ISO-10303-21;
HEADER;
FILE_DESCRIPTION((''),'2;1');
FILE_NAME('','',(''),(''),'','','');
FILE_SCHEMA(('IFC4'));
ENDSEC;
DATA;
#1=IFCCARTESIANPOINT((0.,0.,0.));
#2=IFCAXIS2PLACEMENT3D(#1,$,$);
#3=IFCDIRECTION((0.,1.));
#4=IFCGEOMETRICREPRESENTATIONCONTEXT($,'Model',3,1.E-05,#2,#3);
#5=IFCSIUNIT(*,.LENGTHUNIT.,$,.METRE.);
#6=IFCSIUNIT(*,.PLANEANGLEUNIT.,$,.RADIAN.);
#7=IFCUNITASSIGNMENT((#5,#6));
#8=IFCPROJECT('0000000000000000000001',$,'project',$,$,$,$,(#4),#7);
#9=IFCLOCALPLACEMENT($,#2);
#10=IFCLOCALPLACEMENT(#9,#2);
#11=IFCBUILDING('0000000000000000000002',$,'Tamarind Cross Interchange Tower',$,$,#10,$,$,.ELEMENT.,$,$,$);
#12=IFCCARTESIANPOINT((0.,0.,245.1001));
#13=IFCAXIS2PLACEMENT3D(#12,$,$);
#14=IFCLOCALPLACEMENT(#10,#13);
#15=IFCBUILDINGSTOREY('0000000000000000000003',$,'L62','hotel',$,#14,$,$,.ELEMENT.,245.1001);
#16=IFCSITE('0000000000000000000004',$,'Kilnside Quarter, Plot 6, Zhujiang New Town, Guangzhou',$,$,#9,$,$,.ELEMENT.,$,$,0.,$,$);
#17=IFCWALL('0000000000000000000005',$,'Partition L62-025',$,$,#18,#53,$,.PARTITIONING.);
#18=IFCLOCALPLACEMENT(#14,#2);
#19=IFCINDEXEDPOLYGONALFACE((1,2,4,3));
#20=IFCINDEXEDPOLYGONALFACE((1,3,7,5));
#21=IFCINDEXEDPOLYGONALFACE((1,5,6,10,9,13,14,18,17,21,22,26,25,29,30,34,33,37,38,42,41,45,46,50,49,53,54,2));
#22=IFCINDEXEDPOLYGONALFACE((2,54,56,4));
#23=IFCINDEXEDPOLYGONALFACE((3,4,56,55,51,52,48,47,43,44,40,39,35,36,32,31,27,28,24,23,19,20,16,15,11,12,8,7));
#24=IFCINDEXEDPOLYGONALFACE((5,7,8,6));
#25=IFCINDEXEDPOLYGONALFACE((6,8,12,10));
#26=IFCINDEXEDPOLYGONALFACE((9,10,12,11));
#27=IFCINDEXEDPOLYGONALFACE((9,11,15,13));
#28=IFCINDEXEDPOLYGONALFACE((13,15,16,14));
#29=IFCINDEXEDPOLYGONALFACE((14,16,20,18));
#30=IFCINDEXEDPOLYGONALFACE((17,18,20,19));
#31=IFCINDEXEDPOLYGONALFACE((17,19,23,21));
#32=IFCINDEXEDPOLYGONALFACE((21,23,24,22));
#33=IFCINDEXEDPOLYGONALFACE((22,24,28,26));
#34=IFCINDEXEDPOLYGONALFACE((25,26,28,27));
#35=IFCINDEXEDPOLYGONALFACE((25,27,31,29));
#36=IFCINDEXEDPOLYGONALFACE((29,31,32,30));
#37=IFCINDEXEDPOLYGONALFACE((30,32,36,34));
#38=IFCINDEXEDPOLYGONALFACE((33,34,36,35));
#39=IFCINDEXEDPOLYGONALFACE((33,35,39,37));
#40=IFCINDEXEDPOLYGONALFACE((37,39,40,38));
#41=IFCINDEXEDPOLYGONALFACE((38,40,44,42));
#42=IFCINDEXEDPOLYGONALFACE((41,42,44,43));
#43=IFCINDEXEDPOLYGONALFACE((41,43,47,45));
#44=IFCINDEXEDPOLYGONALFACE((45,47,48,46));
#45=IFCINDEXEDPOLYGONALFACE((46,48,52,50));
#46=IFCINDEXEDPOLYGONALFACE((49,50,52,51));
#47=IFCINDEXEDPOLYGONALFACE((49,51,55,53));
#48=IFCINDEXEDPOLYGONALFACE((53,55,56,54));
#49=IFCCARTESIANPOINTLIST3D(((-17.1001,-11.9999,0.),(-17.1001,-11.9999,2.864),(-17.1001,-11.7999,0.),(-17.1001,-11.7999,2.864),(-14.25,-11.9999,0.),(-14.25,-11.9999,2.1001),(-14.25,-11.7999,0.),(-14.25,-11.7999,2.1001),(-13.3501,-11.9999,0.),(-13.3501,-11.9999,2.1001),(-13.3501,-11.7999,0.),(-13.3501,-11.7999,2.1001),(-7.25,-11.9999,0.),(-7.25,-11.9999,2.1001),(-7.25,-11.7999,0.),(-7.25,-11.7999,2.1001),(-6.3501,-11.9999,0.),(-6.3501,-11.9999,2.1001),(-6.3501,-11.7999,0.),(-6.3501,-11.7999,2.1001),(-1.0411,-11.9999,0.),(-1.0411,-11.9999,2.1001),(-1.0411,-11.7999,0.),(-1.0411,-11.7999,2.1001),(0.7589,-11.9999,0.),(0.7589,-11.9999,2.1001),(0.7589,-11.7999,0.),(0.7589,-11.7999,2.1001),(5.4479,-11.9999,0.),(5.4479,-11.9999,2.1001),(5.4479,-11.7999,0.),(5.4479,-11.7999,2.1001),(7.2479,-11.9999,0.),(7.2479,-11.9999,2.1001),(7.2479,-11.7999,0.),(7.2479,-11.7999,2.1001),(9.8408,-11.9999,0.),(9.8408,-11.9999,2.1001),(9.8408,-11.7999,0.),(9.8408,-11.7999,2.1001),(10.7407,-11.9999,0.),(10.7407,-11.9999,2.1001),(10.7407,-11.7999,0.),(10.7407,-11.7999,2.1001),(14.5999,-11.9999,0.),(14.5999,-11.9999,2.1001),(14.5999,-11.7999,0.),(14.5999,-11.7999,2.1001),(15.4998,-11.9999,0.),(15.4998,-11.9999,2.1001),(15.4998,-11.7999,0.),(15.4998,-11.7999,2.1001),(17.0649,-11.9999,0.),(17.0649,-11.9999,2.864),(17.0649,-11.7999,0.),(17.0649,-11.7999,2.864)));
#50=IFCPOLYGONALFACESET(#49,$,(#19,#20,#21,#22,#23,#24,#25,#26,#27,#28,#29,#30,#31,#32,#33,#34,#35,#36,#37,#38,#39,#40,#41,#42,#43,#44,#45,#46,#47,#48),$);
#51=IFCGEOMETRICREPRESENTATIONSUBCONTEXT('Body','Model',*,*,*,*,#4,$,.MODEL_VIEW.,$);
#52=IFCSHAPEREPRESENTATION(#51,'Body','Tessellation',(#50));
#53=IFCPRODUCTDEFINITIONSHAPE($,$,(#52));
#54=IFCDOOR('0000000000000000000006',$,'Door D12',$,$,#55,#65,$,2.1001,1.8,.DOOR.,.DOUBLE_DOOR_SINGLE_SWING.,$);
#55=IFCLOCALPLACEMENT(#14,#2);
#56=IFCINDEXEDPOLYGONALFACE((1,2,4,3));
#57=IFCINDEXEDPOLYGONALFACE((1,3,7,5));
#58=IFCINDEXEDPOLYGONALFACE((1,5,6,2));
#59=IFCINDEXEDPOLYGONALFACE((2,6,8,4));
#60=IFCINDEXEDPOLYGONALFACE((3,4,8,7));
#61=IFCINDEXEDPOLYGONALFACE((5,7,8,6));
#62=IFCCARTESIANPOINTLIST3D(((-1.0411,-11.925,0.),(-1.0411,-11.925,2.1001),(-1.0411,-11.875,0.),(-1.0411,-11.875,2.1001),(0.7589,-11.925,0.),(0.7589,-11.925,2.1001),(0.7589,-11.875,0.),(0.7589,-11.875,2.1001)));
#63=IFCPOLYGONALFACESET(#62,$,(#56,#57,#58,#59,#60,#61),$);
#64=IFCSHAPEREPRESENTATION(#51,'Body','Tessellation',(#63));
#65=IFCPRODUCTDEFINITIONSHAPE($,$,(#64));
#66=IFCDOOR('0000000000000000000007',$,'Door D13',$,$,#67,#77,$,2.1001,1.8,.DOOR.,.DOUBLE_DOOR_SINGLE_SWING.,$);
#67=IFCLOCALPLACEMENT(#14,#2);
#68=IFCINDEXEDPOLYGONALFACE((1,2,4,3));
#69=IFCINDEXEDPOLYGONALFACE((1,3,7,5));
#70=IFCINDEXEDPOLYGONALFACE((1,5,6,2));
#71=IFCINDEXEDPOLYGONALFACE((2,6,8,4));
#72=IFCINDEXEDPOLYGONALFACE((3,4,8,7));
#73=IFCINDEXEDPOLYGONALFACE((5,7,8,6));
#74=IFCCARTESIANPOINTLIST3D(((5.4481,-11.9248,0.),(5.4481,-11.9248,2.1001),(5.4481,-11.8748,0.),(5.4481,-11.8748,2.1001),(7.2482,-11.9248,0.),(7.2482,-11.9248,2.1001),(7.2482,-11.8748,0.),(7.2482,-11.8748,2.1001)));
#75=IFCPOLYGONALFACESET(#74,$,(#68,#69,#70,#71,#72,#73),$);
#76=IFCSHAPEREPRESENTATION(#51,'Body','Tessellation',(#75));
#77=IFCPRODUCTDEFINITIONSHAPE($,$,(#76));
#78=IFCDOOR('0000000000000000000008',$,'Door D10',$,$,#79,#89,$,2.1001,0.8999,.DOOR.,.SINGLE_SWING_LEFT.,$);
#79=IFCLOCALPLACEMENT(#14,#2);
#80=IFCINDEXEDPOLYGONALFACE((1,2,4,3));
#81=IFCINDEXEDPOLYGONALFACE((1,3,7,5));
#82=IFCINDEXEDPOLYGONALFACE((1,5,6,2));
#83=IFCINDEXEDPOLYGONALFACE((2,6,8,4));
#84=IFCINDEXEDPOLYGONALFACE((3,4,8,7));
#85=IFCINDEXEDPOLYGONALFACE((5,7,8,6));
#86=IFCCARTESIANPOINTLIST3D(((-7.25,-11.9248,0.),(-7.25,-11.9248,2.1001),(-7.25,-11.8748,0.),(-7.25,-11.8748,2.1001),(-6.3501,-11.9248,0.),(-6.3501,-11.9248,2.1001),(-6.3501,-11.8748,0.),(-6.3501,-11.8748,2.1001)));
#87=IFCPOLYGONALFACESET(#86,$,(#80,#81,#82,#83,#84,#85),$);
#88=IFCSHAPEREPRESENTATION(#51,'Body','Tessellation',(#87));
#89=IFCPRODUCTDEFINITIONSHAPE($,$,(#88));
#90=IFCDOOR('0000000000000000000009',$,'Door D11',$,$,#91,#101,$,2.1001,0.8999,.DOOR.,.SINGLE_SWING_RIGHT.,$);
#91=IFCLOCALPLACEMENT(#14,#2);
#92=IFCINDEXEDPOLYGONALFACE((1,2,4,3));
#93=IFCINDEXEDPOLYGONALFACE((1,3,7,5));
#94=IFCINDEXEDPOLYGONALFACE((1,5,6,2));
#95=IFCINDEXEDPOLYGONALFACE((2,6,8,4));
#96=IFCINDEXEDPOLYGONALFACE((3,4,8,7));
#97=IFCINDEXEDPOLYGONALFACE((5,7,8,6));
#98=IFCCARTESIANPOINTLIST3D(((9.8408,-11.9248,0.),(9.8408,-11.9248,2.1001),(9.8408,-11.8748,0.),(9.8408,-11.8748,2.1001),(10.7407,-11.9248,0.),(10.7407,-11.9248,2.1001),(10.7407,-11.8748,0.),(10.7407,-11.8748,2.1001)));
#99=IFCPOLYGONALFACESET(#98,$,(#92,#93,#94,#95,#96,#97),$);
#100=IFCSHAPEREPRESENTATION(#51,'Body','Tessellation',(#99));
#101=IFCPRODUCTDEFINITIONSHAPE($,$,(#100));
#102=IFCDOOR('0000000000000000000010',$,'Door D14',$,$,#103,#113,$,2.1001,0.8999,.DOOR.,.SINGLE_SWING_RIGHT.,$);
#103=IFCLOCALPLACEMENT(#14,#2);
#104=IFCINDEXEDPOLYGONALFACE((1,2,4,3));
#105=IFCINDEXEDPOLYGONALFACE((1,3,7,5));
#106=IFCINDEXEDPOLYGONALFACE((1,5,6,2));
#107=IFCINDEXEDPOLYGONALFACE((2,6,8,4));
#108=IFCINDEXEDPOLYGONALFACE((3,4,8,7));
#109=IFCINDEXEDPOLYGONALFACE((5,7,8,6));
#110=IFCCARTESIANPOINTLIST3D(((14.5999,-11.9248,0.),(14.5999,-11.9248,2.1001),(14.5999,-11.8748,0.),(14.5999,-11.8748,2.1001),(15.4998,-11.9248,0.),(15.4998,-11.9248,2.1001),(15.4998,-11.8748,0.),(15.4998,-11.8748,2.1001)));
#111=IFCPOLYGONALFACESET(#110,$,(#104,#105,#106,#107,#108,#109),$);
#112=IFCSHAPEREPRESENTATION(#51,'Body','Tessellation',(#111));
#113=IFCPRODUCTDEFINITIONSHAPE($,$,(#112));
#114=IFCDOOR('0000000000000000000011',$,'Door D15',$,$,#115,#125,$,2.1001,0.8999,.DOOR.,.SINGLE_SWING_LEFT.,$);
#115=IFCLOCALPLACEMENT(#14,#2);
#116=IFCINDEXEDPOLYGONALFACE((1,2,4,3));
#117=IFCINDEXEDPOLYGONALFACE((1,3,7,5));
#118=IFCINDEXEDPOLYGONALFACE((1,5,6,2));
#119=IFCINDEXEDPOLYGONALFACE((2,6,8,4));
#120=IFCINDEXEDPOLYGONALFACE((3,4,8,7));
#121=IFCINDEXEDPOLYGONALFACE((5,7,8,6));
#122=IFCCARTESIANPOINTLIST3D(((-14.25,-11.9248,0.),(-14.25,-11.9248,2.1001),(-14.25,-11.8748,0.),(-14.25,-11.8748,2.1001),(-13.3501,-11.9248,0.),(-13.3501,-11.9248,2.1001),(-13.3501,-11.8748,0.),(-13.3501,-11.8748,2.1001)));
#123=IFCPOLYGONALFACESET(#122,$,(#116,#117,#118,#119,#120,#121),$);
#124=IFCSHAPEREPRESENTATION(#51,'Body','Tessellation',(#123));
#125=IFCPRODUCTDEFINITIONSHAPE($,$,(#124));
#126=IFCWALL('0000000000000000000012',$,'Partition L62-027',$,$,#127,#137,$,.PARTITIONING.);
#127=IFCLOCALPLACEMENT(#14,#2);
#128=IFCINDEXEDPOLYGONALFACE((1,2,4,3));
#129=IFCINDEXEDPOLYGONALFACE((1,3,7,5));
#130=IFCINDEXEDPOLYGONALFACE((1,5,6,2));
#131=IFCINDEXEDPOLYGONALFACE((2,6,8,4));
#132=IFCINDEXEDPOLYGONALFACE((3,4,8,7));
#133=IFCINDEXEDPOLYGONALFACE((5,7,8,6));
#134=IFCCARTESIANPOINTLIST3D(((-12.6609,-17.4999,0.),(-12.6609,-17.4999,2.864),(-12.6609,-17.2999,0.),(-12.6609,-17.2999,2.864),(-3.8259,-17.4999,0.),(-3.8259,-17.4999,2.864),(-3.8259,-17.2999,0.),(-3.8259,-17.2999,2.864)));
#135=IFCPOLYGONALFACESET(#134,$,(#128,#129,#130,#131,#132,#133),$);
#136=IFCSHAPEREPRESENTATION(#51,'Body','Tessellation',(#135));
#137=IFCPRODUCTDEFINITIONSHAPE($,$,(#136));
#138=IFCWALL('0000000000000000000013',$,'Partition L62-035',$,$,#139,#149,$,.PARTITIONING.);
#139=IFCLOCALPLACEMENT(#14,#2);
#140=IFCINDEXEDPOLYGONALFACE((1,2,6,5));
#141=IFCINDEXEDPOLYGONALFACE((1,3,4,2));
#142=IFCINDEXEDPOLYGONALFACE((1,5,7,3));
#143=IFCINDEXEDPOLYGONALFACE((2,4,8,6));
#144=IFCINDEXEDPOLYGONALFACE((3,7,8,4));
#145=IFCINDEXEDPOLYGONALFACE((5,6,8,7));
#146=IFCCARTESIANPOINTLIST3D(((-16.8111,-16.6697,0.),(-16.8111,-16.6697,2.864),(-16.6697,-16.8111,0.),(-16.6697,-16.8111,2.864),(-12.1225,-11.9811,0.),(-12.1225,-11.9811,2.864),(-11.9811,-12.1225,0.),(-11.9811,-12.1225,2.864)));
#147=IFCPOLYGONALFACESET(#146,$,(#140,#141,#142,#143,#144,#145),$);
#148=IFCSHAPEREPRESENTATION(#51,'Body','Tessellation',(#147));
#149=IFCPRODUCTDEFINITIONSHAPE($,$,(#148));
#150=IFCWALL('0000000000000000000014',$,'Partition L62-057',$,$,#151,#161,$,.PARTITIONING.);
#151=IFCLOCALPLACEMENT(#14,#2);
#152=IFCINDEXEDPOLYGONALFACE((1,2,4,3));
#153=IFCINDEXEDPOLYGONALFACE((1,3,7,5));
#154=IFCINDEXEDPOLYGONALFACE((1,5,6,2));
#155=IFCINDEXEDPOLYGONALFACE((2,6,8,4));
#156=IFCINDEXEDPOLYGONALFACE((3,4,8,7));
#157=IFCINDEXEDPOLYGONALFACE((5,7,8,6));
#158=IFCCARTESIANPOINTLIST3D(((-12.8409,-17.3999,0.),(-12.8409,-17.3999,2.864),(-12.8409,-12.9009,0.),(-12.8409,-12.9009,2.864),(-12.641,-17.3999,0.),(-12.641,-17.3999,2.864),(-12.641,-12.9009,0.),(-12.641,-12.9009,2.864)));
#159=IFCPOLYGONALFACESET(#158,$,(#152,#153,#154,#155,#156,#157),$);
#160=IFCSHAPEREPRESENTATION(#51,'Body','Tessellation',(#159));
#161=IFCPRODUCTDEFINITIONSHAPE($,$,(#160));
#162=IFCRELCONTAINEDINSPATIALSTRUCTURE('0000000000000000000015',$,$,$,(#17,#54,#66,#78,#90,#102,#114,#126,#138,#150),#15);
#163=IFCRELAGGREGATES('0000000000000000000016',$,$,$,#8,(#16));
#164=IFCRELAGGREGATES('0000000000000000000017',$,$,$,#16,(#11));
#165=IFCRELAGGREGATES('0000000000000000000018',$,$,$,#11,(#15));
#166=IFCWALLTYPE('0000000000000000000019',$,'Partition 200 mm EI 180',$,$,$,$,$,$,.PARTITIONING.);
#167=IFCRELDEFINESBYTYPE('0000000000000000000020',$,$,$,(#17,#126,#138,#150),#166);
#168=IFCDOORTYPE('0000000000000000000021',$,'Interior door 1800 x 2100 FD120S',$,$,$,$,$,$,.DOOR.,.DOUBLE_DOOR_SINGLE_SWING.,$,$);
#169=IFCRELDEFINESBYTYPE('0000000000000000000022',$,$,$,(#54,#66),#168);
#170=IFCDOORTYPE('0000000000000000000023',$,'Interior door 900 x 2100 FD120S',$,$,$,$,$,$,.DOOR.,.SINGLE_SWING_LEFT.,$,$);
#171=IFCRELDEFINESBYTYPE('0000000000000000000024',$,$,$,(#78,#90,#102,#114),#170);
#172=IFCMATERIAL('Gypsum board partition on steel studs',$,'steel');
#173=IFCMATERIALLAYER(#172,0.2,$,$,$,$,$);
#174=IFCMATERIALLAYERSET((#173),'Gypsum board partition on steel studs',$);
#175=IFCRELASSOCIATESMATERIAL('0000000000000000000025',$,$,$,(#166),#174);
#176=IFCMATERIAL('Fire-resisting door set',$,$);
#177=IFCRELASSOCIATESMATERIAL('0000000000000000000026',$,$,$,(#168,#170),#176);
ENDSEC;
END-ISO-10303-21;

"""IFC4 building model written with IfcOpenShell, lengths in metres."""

from ifc_helpers import new_model, si_unit, direction, frame, frame_2d, origin, place, context, subcontext, project, spatial, rectangle, extrude, material, layer, layer_set, type_object, element, fill, save


model = new_model("IFC4")

# Units and contexts
model_context = context("Model", 3, precision=1e-05, world=origin(), true_north=direction((0.0, 1.0)))
body_context = subcontext(model_context, "Body", "Model", "MODEL_VIEW")
ifc_project = project(units=[si_unit("LENGTHUNIT", "METRE"), si_unit("PLANEANGLEUNIT", "RADIAN")], contexts=[model_context])

# Site, building, storey
site_placement = place(None, origin())
site = spatial("IfcSite", under=ifc_project, at=site_placement, Name="Kilnside Quarter, Plot 6, Zhujiang New Town, Guangzhou", CompositionType="ELEMENT", RefElevation=0.0)
building_placement = place(site_placement, origin())
building = spatial("IfcBuilding", under=site, at=building_placement, Name="Tamarind Cross Interchange Tower", CompositionType="ELEMENT")
storey_placement = place(building_placement, frame((0.0, 0.0, 245.1001)))
storey = spatial("IfcBuildingStorey", under=building, at=storey_placement, Name="L62", Description="hotel", CompositionType="ELEMENT", Elevation=245.1001)

# Shared definitions
ifc_material_1 = material(Name="Gypsum board partition on steel studs", Category="steel")

# Wall, openings, doors
ifc_layer_1 = layer(ifc_material_1, 0.2)
ifc_layer_set_1 = layer_set([ifc_layer_1], Name="Gypsum board partition on steel studs")
wall_type_1 = type_object("IfcWallType", Name="Partition 200 mm EI 180", PredefinedType="PARTITIONING", material=ifc_layer_set_1)
wall_1_placement = place(storey_placement, frame((-17.1001, -11.8999, 0.0), z_axis=(0.0, 0.0, 1.0), x_axis=(1.0, 0.0, 0.0)))
wall_1 = element("IfcWall", 1, at=wall_1_placement, inside=storey, type_object=wall_type_1, Name="Partition L62-025", PredefinedType="PARTITIONING", context=body_context, shape_type="SweptSolid", body=[
    extrude(rectangle(XDim=34.165, YDim=0.2, at=frame_2d((17.0825, 0.0))), origin(), (0.0, 0.0, 1.0), 2.864),
])
opening_1_placement = place(wall_1_placement, frame((9.8501, 0.0, 0.0)))
opening_1 = element("IfcOpeningElement", 2, at=opening_1_placement, cuts=wall_1, PredefinedType="OPENING", context=body_context, shape_type="SweptSolid", body=[
    extrude(rectangle(XDim=0.8999, YDim=2.1001, at=frame_2d((0.45, 1.05))), frame((0.0, 0.1099, 0.0), z_axis=(0.0, -1.0, 0.0), x_axis=(1.0, 0.0, 0.0)), (0.0, 0.0, 1.0), 0.22),
])
opening_2_placement = place(wall_1_placement, frame((26.9409, 0.0, 0.0)))
opening_2 = element("IfcOpeningElement", 3, at=opening_2_placement, cuts=wall_1, PredefinedType="OPENING", context=body_context, shape_type="SweptSolid", body=[
    extrude(rectangle(XDim=0.8999, YDim=2.1001, at=frame_2d((0.45, 1.05))), frame((0.0, 0.1099, 0.0), z_axis=(0.0, -1.0, 0.0), x_axis=(1.0, 0.0, 0.0)), (0.0, 0.0, 1.0), 0.22),
])
opening_3_placement = place(wall_1_placement, frame((16.0591, 0.0, 0.0)))
opening_3 = element("IfcOpeningElement", 4, at=opening_3_placement, cuts=wall_1, PredefinedType="OPENING", context=body_context, shape_type="SweptSolid", body=[
    extrude(rectangle(XDim=1.8, YDim=2.1001, at=frame_2d((0.8999, 1.05))), frame((0.0, 0.1099, 0.0), z_axis=(0.0, -1.0, 0.0), x_axis=(1.0, 0.0, 0.0)), (0.0, 0.0, 1.0), 0.22),
])
opening_4_placement = place(wall_1_placement, frame((22.5481, 0.0, 0.0)))
opening_4 = element("IfcOpeningElement", 5, at=opening_4_placement, cuts=wall_1, PredefinedType="OPENING", context=body_context, shape_type="SweptSolid", body=[
    extrude(rectangle(XDim=1.8, YDim=2.1001, at=frame_2d((0.8999, 1.05))), frame((0.0, 0.1099, 0.0), z_axis=(0.0, -1.0, 0.0), x_axis=(1.0, 0.0, 0.0)), (0.0, 0.0, 1.0), 0.22),
])
opening_5_placement = place(wall_1_placement, frame((31.7, 0.0, 0.0)))
opening_5 = element("IfcOpeningElement", 6, at=opening_5_placement, cuts=wall_1, PredefinedType="OPENING", context=body_context, shape_type="SweptSolid", body=[
    extrude(rectangle(XDim=0.8999, YDim=2.1001, at=frame_2d((0.45, 1.05))), frame((0.0, 0.1099, 0.0), z_axis=(0.0, -1.0, 0.0), x_axis=(1.0, 0.0, 0.0)), (0.0, 0.0, 1.0), 0.22),
])
opening_6_placement = place(wall_1_placement, frame((2.8501, 0.0, 0.0)))
opening_6 = element("IfcOpeningElement", 7, at=opening_6_placement, cuts=wall_1, PredefinedType="OPENING", context=body_context, shape_type="SweptSolid", body=[
    extrude(rectangle(XDim=0.8999, YDim=2.1001, at=frame_2d((0.45, 1.05))), frame((0.0, 0.1099, 0.0), z_axis=(0.0, -1.0, 0.0), x_axis=(1.0, 0.0, 0.0)), (0.0, 0.0, 1.0), 0.22),
])
ifc_material_2 = material(Name="Fire-resisting door set")
door_type_1 = type_object("IfcDoorType", Name="Interior door 1800 x 2100 FD120S", OperationType="DOUBLE_DOOR_SINGLE_SWING", PredefinedType="DOOR", material=ifc_material_2)
door_1_placement = place(opening_3_placement, origin())
door_1 = element("IfcDoor", 8, at=door_1_placement, inside=storey, type_object=door_type_1, Name="Door D12", OperationType="DOUBLE_DOOR_SINGLE_SWING", OverallHeight=2.1001, OverallWidth=1.8, PredefinedType="DOOR", context=body_context, shape_type="SweptSolid", body=[
    extrude(rectangle(XDim=1.8, YDim=2.1001, at=frame_2d((0.8999, 1.05))), frame((0.0, 0.0249, 0.0), z_axis=(0.0, -1.0, 0.0), x_axis=(1.0, 0.0, 0.0)), (0.0, 0.0, 1.0), 0.05),
])
fill(opening_3, door_1)
door_2_placement = place(opening_4_placement, frame((1.8, 0.0, 0.0), z_axis=(0.0, 0.0, 1.0), x_axis=(-1.0, 0.0, 0.0)))
door_2 = element("IfcDoor", 9, at=door_2_placement, inside=storey, type_object=door_type_1, Name="Door D13", OperationType="DOUBLE_DOOR_SINGLE_SWING", OverallHeight=2.1001, OverallWidth=1.8, PredefinedType="DOOR", context=body_context, shape_type="SweptSolid", body=[
    extrude(rectangle(XDim=1.8, YDim=2.1001, at=frame_2d((0.8999, 1.05))), frame((0.0, 0.0249, 0.0), z_axis=(0.0, -1.0, 0.0), x_axis=(1.0, 0.0, 0.0)), (0.0, 0.0, 1.0), 0.05),
])
fill(opening_4, door_2)
door_type_2 = type_object("IfcDoorType", Name="Interior door 900 x 2100 FD120S", OperationType="SINGLE_SWING_LEFT", PredefinedType="DOOR", material=ifc_material_2)
door_3_placement = place(opening_1_placement, frame((0.8999, 0.0, 0.0), z_axis=(0.0, 0.0, 1.0), x_axis=(-1.0, 0.0, 0.0)))
door_3 = element("IfcDoor", 10, at=door_3_placement, inside=storey, type_object=door_type_2, Name="Door D10", OperationType="SINGLE_SWING_LEFT", OverallHeight=2.1001, OverallWidth=0.8999, PredefinedType="DOOR", context=body_context, shape_type="SweptSolid", body=[
    extrude(rectangle(XDim=0.8999, YDim=2.1001, at=frame_2d((0.45, 1.05))), frame((0.0, 0.0249, 0.0), z_axis=(0.0, -1.0, 0.0), x_axis=(1.0, 0.0, 0.0)), (0.0, 0.0, 1.0), 0.05),
])
fill(opening_1, door_3)
door_4_placement = place(opening_2_placement, frame((0.8999, 0.0, 0.0), z_axis=(0.0, 0.0, 1.0), x_axis=(-1.0, 0.0, 0.0)))
door_4 = element("IfcDoor", 11, at=door_4_placement, inside=storey, type_object=door_type_2, Name="Door D11", OperationType="SINGLE_SWING_RIGHT", OverallHeight=2.1001, OverallWidth=0.8999, PredefinedType="DOOR", context=body_context, shape_type="SweptSolid", body=[
    extrude(rectangle(XDim=0.8999, YDim=2.1001, at=frame_2d((0.45, 1.05))), frame((0.0, 0.0249, 0.0), z_axis=(0.0, -1.0, 0.0), x_axis=(1.0, 0.0, 0.0)), (0.0, 0.0, 1.0), 0.05),
])
fill(opening_2, door_4)
door_5_placement = place(opening_5_placement, frame((0.8999, 0.0, 0.0), z_axis=(0.0, 0.0, 1.0), x_axis=(-1.0, 0.0, 0.0)))
door_5 = element("IfcDoor", 12, at=door_5_placement, inside=storey, type_object=door_type_2, Name="Door D14", OperationType="SINGLE_SWING_RIGHT", OverallHeight=2.1001, OverallWidth=0.8999, PredefinedType="DOOR", context=body_context, shape_type="SweptSolid", body=[
    extrude(rectangle(XDim=0.8999, YDim=2.1001, at=frame_2d((0.45, 1.05))), frame((0.0, 0.0249, 0.0), z_axis=(0.0, -1.0, 0.0), x_axis=(1.0, 0.0, 0.0)), (0.0, 0.0, 1.0), 0.05),
])
fill(opening_5, door_5)
door_6_placement = place(opening_6_placement, frame((0.8999, 0.0, 0.0), z_axis=(0.0, 0.0, 1.0), x_axis=(-1.0, 0.0, 0.0)))
door_6 = element("IfcDoor", 13, at=door_6_placement, inside=storey, type_object=door_type_2, Name="Door D15", OperationType="SINGLE_SWING_LEFT", OverallHeight=2.1001, OverallWidth=0.8999, PredefinedType="DOOR", context=body_context, shape_type="SweptSolid", body=[
    extrude(rectangle(XDim=0.8999, YDim=2.1001, at=frame_2d((0.45, 1.05))), frame((0.0, 0.0249, 0.0), z_axis=(0.0, -1.0, 0.0), x_axis=(1.0, 0.0, 0.0)), (0.0, 0.0, 1.0), 0.05),
])
fill(opening_6, door_6)

# Walls
wall_2_placement = place(storey_placement, frame((-12.6609, -17.3999, 0.0), z_axis=(0.0, 0.0, 1.0), x_axis=(1.0, 0.0, 0.0)))
element("IfcWall", 14, at=wall_2_placement, inside=storey, type_object=wall_type_1, Name="Partition L62-027", PredefinedType="PARTITIONING", context=body_context, shape_type="SweptSolid", body=[
    extrude(rectangle(XDim=8.835, YDim=0.2, at=frame_2d((4.4175, 0.0))), origin(), (0.0, 0.0, 1.0), 2.864),
])
wall_3_placement = place(storey_placement, frame((-16.7405, -16.7405, 0.0), z_axis=(0.0, 0.0, 1.0), x_axis=(0.707107, 0.707107, 0.0)))
element("IfcWall", 15, at=wall_3_placement, inside=storey, type_object=wall_type_1, Name="Partition L62-035", PredefinedType="PARTITIONING", context=body_context, shape_type="SweptSolid", body=[
    extrude(rectangle(XDim=6.6306, YDim=0.2, at=frame_2d((3.3154, 0.0))), origin(), (0.0, 0.0, 1.0), 2.864),
])
wall_4_placement = place(storey_placement, frame((-12.741, -17.3999, 0.0), z_axis=(0.0, 0.0, 1.0), x_axis=(0.0, 1.0, 0.0)))
element("IfcWall", 16, at=wall_4_placement, inside=storey, type_object=wall_type_1, Name="Partition L62-057", PredefinedType="PARTITIONING", context=body_context, shape_type="SweptSolid", body=[
    extrude(rectangle(XDim=4.499, YDim=0.2, at=frame_2d((2.2495, 0.0))), origin(), (0.0, 0.0, 1.0), 2.864),
])

save(model, "model.ifc")
